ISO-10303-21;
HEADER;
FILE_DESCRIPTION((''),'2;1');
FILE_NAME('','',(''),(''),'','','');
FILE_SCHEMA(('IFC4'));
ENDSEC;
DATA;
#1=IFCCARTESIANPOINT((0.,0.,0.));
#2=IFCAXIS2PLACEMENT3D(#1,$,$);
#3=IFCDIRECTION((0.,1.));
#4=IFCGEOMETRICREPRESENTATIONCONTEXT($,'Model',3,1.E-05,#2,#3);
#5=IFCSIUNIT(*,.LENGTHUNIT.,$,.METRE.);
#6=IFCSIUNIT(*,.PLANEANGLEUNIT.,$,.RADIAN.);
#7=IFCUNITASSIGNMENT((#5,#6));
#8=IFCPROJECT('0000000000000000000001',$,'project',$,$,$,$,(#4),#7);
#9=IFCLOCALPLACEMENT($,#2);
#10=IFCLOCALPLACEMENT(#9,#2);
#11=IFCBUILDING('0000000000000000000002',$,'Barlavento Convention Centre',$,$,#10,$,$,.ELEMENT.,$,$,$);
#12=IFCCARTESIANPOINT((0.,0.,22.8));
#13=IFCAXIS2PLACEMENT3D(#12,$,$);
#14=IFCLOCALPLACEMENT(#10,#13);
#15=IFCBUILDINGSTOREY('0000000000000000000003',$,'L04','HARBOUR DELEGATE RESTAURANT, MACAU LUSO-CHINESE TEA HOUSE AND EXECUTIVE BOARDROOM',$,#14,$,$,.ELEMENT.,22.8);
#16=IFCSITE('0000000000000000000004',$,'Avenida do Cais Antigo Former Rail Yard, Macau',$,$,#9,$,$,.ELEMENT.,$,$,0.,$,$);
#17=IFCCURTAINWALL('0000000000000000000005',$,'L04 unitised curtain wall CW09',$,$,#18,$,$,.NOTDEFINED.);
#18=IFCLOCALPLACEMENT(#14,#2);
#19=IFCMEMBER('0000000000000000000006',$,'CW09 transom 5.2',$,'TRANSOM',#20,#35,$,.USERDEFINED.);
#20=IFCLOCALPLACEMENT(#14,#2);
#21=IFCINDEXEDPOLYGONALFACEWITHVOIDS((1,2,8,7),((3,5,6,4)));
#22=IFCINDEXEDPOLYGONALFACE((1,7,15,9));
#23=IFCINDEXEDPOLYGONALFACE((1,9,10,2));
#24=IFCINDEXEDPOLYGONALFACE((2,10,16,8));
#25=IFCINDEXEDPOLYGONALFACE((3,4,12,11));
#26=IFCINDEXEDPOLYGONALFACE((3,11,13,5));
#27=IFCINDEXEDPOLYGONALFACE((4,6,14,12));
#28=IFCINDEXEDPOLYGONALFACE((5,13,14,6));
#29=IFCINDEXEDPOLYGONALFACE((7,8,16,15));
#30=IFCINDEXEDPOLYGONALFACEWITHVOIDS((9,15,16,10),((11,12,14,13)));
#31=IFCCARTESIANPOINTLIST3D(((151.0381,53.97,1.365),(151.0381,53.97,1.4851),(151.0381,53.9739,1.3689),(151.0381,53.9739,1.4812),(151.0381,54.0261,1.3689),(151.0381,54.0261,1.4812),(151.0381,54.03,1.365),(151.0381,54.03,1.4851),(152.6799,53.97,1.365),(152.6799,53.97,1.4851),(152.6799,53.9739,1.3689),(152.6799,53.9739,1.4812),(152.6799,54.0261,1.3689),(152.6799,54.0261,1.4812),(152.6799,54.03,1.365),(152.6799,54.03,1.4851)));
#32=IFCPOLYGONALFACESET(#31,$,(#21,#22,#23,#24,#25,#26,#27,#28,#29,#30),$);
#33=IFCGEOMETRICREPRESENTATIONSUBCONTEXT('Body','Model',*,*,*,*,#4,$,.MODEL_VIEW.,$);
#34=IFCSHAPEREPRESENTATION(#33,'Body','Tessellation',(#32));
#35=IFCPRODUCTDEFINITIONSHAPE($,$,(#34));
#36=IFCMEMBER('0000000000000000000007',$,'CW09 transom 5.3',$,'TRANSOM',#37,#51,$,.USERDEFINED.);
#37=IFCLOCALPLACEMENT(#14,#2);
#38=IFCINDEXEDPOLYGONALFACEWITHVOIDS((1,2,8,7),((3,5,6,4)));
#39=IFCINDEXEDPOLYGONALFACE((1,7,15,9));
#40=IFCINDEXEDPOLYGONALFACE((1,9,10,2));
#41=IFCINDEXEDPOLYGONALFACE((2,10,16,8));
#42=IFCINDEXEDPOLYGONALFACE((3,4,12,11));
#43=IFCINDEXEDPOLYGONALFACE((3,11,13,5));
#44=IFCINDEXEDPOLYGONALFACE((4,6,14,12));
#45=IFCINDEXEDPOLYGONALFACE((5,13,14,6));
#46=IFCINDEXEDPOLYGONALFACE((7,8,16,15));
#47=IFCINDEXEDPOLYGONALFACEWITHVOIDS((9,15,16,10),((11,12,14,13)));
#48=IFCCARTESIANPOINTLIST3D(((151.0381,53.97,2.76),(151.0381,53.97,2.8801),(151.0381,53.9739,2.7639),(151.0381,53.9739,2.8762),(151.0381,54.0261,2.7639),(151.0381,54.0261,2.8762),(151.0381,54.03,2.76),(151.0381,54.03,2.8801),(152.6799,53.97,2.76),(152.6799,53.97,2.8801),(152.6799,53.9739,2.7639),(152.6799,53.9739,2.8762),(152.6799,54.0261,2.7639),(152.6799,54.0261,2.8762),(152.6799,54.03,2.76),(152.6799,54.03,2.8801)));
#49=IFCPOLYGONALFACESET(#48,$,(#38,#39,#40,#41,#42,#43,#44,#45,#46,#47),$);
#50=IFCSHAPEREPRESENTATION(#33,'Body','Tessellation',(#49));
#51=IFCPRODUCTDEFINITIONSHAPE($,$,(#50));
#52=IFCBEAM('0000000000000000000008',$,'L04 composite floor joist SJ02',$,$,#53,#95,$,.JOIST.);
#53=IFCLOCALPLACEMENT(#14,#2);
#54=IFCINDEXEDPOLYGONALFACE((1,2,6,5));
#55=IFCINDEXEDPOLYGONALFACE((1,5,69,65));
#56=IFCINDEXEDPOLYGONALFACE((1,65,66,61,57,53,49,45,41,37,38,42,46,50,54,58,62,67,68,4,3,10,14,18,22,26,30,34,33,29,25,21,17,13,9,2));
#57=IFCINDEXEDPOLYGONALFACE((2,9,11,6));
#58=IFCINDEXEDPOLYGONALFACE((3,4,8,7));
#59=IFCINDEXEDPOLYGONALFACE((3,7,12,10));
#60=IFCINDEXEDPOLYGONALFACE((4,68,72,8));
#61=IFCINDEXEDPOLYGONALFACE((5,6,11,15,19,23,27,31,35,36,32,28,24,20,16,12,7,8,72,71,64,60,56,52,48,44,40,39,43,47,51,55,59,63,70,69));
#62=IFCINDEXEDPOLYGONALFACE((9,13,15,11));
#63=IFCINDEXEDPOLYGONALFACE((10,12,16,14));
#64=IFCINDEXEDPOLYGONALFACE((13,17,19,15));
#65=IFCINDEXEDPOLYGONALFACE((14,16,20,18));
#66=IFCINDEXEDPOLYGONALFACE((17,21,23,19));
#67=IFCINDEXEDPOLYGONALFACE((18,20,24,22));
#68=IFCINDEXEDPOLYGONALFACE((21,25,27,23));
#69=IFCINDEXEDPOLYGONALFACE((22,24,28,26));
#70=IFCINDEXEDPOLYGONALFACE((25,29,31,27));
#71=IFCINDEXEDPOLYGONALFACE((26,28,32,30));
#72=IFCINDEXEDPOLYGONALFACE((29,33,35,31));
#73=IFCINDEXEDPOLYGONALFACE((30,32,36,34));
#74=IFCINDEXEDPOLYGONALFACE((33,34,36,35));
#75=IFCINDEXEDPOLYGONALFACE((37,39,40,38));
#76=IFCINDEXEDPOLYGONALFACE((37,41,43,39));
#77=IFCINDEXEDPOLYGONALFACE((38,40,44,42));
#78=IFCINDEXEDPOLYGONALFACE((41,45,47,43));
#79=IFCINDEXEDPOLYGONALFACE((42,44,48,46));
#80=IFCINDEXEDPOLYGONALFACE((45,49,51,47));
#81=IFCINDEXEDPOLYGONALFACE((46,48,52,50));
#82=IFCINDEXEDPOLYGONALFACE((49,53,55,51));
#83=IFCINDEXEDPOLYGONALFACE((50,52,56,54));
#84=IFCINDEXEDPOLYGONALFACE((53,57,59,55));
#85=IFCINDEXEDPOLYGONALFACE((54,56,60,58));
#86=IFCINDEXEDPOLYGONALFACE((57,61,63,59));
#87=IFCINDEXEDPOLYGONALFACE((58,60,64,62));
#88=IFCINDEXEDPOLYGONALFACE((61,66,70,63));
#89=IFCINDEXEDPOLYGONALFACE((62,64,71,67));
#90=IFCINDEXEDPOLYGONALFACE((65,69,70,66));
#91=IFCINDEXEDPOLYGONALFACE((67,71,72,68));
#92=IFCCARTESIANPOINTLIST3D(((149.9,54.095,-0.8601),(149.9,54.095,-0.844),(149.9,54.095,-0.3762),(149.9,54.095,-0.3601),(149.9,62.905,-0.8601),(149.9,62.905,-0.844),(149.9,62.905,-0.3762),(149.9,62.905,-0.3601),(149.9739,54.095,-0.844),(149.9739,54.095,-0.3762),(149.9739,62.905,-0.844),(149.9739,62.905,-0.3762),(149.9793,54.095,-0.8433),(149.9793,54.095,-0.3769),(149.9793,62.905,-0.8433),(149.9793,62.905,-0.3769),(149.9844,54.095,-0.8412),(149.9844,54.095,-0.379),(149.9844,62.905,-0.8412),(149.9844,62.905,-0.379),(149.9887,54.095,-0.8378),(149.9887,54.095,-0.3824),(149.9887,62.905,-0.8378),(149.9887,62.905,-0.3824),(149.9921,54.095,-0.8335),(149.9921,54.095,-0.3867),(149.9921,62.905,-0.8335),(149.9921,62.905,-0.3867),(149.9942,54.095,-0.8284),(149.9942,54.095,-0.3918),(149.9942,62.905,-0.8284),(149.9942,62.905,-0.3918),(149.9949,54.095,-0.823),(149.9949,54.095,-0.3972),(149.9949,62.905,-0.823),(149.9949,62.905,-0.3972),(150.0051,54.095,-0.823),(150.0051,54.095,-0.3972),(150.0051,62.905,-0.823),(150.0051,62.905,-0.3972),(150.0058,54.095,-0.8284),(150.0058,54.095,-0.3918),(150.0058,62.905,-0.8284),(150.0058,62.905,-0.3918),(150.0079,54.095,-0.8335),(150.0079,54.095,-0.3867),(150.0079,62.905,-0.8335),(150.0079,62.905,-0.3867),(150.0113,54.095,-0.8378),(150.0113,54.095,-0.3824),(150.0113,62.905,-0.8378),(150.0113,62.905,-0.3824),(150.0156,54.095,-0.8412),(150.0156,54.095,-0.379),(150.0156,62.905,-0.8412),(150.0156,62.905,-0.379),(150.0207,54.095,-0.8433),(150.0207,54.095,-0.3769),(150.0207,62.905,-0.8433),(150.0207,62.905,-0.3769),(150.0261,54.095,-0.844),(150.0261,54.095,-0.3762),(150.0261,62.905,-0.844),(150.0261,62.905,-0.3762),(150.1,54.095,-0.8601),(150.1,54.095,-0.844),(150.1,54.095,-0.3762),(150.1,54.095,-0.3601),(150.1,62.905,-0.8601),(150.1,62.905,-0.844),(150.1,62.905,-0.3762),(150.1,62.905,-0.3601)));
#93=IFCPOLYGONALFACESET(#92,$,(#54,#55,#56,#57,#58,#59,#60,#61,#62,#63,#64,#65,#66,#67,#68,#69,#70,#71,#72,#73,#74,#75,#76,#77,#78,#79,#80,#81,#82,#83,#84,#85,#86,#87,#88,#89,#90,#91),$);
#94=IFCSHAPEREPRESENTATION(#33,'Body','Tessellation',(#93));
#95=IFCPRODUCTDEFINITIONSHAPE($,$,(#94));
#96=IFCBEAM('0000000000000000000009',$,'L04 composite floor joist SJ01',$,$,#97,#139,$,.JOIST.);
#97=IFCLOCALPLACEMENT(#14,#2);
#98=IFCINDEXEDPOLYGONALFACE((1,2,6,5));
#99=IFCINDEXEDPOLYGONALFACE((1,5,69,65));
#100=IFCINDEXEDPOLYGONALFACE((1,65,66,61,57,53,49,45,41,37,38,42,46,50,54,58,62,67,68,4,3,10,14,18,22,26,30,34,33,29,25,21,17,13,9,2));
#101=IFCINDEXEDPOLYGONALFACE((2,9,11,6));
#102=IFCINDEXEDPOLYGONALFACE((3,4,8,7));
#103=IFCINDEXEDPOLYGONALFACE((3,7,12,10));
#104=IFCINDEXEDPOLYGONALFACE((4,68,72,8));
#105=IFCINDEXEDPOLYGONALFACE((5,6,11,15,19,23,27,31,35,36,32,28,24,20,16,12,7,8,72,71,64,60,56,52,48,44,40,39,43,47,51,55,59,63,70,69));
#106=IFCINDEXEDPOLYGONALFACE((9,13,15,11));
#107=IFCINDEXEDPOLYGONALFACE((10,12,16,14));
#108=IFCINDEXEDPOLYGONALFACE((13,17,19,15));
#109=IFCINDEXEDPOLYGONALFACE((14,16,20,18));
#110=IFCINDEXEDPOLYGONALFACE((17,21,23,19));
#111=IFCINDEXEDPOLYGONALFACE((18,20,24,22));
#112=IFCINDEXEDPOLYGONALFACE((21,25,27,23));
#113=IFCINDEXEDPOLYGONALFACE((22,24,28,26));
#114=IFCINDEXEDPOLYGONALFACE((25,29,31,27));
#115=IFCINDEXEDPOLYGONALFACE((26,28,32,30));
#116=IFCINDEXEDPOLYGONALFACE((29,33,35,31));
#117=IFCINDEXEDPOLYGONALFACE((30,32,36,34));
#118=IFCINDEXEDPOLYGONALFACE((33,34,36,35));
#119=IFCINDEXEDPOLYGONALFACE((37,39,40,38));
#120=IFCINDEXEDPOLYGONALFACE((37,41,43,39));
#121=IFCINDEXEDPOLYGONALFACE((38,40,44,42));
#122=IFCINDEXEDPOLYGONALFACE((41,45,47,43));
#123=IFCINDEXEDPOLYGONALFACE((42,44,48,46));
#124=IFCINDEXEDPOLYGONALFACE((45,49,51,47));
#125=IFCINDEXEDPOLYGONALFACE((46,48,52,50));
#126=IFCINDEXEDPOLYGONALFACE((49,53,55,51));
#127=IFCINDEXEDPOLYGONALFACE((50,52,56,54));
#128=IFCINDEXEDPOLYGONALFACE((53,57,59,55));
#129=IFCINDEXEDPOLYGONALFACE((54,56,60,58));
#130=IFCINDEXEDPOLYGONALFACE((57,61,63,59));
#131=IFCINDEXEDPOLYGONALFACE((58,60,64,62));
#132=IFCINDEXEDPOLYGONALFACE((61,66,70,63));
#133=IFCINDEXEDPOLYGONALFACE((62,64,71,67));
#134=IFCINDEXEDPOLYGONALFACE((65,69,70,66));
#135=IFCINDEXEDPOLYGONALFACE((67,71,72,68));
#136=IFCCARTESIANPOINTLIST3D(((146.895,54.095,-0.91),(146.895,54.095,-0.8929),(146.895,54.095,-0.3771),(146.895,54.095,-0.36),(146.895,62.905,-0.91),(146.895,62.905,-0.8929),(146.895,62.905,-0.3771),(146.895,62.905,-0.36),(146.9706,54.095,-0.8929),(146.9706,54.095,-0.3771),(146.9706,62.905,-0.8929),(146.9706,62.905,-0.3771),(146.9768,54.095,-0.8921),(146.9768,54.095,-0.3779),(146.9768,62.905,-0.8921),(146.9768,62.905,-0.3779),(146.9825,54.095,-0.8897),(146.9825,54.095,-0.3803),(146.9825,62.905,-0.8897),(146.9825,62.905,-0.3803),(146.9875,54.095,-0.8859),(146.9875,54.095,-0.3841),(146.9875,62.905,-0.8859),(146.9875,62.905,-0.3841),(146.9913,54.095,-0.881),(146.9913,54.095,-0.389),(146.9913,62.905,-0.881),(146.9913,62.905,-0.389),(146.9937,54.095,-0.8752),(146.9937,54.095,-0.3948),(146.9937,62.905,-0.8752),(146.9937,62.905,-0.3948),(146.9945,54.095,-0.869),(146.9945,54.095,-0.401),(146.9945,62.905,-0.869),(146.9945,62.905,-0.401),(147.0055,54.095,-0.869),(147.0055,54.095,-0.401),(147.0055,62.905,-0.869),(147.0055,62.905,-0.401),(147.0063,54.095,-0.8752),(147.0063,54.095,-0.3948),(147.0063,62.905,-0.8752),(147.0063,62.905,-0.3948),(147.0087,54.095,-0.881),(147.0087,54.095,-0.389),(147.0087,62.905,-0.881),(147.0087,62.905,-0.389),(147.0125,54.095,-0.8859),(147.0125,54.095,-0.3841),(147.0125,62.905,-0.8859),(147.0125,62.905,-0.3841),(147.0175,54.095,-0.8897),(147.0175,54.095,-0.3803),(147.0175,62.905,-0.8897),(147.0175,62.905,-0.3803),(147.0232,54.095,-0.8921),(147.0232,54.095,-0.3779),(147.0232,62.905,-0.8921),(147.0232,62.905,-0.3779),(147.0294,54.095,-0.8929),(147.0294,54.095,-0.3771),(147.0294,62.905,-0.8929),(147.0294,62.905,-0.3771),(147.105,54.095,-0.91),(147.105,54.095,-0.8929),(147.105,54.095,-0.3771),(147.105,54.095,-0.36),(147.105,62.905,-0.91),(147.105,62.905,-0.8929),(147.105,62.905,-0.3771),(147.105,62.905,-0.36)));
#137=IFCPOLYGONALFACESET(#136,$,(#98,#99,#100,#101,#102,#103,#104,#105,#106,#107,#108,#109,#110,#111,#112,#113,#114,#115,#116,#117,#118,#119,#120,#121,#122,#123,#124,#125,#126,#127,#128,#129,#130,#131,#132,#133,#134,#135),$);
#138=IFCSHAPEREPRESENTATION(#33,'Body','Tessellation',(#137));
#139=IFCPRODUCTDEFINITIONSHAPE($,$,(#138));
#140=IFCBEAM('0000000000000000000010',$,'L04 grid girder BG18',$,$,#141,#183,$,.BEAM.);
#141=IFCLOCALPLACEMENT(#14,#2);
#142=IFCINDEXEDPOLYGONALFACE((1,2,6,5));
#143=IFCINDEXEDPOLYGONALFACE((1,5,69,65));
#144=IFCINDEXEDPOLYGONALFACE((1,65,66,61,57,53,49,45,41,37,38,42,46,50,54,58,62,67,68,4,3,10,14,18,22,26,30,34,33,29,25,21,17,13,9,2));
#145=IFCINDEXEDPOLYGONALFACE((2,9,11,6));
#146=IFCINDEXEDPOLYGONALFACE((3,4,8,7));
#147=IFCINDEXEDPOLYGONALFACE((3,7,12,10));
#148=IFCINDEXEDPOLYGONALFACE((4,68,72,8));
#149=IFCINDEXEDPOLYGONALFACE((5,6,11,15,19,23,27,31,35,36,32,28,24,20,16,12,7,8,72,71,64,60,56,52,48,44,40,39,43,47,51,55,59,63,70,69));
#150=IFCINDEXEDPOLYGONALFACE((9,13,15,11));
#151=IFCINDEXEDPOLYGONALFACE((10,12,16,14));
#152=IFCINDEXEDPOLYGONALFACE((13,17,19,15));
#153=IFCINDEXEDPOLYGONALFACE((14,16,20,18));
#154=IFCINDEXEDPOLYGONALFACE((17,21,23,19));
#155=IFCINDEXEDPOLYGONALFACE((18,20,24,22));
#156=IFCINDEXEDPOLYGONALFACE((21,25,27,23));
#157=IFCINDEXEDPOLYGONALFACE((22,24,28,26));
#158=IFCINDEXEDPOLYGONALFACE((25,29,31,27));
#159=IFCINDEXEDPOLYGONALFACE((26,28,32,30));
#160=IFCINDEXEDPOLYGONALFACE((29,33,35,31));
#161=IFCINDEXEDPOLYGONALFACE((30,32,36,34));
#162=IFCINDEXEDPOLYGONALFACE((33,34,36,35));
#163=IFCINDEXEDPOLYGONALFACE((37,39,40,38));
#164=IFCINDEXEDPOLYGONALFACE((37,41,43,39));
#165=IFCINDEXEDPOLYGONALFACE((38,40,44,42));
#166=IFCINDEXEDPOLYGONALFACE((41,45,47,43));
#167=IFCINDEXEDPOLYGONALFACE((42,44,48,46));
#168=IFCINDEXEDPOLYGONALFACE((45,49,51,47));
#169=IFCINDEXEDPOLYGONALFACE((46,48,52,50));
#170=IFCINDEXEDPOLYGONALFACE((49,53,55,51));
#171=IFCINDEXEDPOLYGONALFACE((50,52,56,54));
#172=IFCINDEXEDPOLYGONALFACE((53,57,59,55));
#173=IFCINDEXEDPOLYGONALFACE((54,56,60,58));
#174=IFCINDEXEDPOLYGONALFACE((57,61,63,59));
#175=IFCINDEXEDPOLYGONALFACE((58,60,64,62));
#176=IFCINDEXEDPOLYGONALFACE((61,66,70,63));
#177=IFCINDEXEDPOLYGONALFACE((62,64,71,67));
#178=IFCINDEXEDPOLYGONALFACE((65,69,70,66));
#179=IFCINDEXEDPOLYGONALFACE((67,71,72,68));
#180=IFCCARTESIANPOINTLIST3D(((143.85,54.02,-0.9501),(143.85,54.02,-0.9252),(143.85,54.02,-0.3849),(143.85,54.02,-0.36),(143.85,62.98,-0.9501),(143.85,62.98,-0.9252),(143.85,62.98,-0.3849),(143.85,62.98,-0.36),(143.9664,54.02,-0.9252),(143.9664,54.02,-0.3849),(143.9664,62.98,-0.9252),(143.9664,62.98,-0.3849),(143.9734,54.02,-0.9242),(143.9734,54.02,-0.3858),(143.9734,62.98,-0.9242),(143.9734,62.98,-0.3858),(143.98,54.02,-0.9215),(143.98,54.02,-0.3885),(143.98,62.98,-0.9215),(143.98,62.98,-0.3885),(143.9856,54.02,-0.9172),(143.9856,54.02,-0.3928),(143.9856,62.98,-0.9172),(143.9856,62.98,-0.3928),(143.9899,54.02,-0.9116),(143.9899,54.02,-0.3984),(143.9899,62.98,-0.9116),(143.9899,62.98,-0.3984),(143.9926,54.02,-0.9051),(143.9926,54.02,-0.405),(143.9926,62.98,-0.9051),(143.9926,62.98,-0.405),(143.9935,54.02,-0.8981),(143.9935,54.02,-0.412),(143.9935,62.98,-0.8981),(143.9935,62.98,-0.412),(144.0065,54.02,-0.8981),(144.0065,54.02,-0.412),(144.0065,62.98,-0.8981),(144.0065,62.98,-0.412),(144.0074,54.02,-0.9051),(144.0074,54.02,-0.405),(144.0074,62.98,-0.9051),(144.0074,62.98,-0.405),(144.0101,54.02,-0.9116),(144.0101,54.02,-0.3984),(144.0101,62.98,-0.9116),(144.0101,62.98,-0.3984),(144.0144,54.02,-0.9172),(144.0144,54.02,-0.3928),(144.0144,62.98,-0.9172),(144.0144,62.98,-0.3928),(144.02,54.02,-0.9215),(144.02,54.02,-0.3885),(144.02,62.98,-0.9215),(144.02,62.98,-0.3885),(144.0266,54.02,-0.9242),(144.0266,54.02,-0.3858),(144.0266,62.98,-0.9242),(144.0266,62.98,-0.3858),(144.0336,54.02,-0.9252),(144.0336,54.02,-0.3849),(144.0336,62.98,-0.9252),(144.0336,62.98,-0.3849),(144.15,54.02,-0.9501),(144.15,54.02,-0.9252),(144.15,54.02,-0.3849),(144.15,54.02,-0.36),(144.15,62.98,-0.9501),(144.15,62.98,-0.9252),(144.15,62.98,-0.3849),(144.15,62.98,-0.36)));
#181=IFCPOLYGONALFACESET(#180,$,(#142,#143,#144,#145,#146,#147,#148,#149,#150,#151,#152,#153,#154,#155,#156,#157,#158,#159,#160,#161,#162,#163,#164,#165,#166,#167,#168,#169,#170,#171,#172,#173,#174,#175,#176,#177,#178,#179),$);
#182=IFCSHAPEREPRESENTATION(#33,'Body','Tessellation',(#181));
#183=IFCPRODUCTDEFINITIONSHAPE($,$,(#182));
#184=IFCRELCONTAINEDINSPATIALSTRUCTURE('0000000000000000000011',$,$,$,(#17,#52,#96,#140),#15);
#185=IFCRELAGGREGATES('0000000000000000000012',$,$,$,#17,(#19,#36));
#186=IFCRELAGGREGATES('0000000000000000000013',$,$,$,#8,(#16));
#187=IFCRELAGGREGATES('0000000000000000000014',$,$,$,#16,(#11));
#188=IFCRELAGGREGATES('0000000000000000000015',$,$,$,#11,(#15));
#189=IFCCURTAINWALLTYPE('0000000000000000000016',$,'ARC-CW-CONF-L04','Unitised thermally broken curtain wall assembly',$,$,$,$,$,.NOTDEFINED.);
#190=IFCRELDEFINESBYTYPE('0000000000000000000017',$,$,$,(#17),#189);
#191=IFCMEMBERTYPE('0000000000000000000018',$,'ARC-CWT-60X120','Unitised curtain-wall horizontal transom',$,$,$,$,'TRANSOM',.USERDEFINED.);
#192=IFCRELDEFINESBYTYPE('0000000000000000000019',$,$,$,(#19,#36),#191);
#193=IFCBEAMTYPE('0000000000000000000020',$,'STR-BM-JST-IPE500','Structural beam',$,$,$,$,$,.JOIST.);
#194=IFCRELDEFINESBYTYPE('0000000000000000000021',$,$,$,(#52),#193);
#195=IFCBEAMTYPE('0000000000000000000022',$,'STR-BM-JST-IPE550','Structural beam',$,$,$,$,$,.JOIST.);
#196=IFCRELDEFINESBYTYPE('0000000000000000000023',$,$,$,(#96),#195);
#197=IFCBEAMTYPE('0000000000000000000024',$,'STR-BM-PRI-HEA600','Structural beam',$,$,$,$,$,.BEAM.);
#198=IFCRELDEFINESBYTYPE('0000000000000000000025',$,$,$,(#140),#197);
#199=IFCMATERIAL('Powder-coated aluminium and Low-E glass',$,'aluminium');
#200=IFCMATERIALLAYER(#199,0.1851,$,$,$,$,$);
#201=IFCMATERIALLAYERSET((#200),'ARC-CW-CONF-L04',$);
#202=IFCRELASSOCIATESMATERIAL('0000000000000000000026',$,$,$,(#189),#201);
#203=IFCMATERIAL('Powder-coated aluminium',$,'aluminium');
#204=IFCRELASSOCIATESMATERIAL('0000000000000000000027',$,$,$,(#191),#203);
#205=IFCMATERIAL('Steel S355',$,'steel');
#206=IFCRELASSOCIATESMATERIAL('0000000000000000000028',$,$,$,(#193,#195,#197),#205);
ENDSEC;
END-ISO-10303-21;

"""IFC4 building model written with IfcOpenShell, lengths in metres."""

from ifc_helpers import new_model, si_unit, direction, frame, origin, origin_2d, place, context, subcontext, project, spatial, hollow_rectangle, i_section, extrude, material, layer, layer_set, material_profile, profile_set, type_object, element, aggregate, save


model = new_model("IFC4")

# Units and contexts
model_context = context("Model", 3, precision=1e-05, world=origin(), true_north=direction((0.0, 1.0)))
body_context = subcontext(model_context, "Body", "Model", "MODEL_VIEW")
ifc_project = project(units=[si_unit("LENGTHUNIT", "METRE"), si_unit("PLANEANGLEUNIT", "RADIAN")], contexts=[model_context])

# Site, building, storey
site_placement = place(None, origin())
site = spatial("IfcSite", under=ifc_project, at=site_placement, Name="Avenida do Cais Antigo Former Rail Yard, Macau", CompositionType="ELEMENT", RefElevation=0.0)
building_placement = place(site_placement, origin())
building = spatial("IfcBuilding", under=site, at=building_placement, Name="Barlavento Convention Centre", CompositionType="ELEMENT")
storey_placement = place(building_placement, frame((0.0, 0.0, 22.8)))
storey = spatial("IfcBuildingStorey", under=building, at=storey_placement, Name="L04", Description="HARBOUR DELEGATE RESTAURANT, MACAU LUSO-CHINESE TEA HOUSE AND EXECUTIVE BOARDROOM", CompositionType="ELEMENT", Elevation=22.8)

# Shared definitions
ifc_material_1 = material(Name="Powder-coated aluminium and Low-E glass", Category="aluminium")
ifc_material_2 = material(Name="Powder-coated aluminium", Category="aluminium")

# Curtain wall
ifc_layer_1 = layer(ifc_material_1, 0.1851)
ifc_layer_set_1 = layer_set([ifc_layer_1], Name="ARC-CW-CONF-L04")
curtain_wall_type_1 = type_object("IfcCurtainWallType", Name="ARC-CW-CONF-L04", Description="Unitised thermally broken curtain wall assembly", PredefinedType="NOTDEFINED", material=ifc_layer_set_1)
curtain_wall_1_placement = place(storey_placement, origin())
curtain_wall_1 = element("IfcCurtainWall", 1, at=curtain_wall_1_placement, inside=storey, type_object=curtain_wall_type_1, Name="L04 unitised curtain wall CW09", PredefinedType="NOTDEFINED")

# Members
ifc_material_profile_1 = material_profile(ifc_material_2, hollow_rectangle(XDim=0.0601, YDim=0.1201, WallThickness=0.0039, at=origin_2d()), Name="AL-TRAN 60x120x4")
ifc_profile_set_1 = profile_set([ifc_material_profile_1], Name="Powder-coated aluminium")
member_type_1 = type_object("IfcMemberType", Name="ARC-CWT-60X120", Description="Unitised curtain-wall horizontal transom", ElementType="TRANSOM", PredefinedType="USERDEFINED", material=ifc_profile_set_1)
member_1_placement = place(storey_placement, frame((151.0381, 54.0, 1.425), z_axis=(1.0, 0.0, 0.0), x_axis=(0.0, 1.0, 0.0)))
member_1 = element("IfcMember", 2, at=member_1_placement, type_object=member_type_1, Name="CW09 transom 5.2", ObjectType="TRANSOM", PredefinedType="USERDEFINED", context=body_context, shape_type="SweptSolid", body=[
    extrude(hollow_rectangle(XDim=0.0601, YDim=0.1201, WallThickness=0.0039, at=origin_2d()), origin(), (0.0, 0.0, 1.0), 1.6418),
])
member_2_placement = place(storey_placement, frame((151.0381, 54.0, 2.8201), z_axis=(1.0, 0.0, 0.0), x_axis=(0.0, 1.0, 0.0)))
member_2 = element("IfcMember", 3, at=member_2_placement, type_object=member_type_1, Name="CW09 transom 5.3", ObjectType="TRANSOM", PredefinedType="USERDEFINED", context=body_context, shape_type="SweptSolid", body=[
    extrude(hollow_rectangle(XDim=0.0601, YDim=0.1201, WallThickness=0.0039, at=origin_2d()), origin(), (0.0, 0.0, 1.0), 1.6418),
])
aggregate(curtain_wall_1, [member_1, member_2])

# Beams
ifc_material_3 = material(Name="Steel S355", Category="steel")
ifc_material_profile_2 = material_profile(ifc_material_3, i_section(OverallWidth=0.2, OverallDepth=0.5, WebThickness=0.0103, FlangeThickness=0.0161, FilletRadius=0.021, at=origin_2d()), Name="IPE 500")
ifc_profile_set_2 = profile_set([ifc_material_profile_2], Name="Steel S355")
beam_type_1 = type_object("IfcBeamType", Name="STR-BM-JST-IPE500", Description="Structural beam", PredefinedType="JOIST", material=ifc_profile_set_2)
beam_1_placement = place(storey_placement, frame((150.0, 54.095, -0.6101), z_axis=(0.0, 1.0, 0.0), x_axis=(-1.0, 0.0, 0.0)))
element("IfcBeam", 4, at=beam_1_placement, inside=storey, type_object=beam_type_1, Name="L04 composite floor joist SJ02", PredefinedType="JOIST", context=body_context, shape_type="SweptSolid", body=[
    extrude(i_section(OverallWidth=0.2, OverallDepth=0.5, WebThickness=0.0103, FlangeThickness=0.0161, FilletRadius=0.021, at=origin_2d()), origin(), (0.0, 0.0, 1.0), 8.8101),
])
ifc_material_profile_3 = material_profile(ifc_material_3, i_section(OverallWidth=0.21, OverallDepth=0.55, WebThickness=0.011, FlangeThickness=0.0171, FilletRadius=0.0239, at=origin_2d()), Name="IPE 550")
ifc_profile_set_3 = profile_set([ifc_material_profile_3], Name="Steel S355")
beam_type_2 = type_object("IfcBeamType", Name="STR-BM-JST-IPE550", Description="Structural beam", PredefinedType="JOIST", material=ifc_profile_set_3)
beam_2_placement = place(storey_placement, frame((147.0, 54.095, -0.635), z_axis=(0.0, 1.0, 0.0), x_axis=(-1.0, 0.0, 0.0)))
element("IfcBeam", 5, at=beam_2_placement, inside=storey, type_object=beam_type_2, Name="L04 composite floor joist SJ01", PredefinedType="JOIST", context=body_context, shape_type="SweptSolid", body=[
    extrude(i_section(OverallWidth=0.21, OverallDepth=0.55, WebThickness=0.011, FlangeThickness=0.0171, FilletRadius=0.0239, at=origin_2d()), origin(), (0.0, 0.0, 1.0), 8.8101),
])
ifc_material_profile_4 = material_profile(ifc_material_3, i_section(OverallWidth=0.3, OverallDepth=0.5901, WebThickness=0.0129, FlangeThickness=0.0249, FilletRadius=0.0271, at=origin_2d()), Name="HEA 600")
ifc_profile_set_4 = profile_set([ifc_material_profile_4], Name="Steel S355")
beam_type_3 = type_object("IfcBeamType", Name="STR-BM-PRI-HEA600", Description="Structural beam", PredefinedType="BEAM", material=ifc_profile_set_4)
beam_3_placement = place(storey_placement, frame((144.0, 54.02, -0.655), z_axis=(0.0, 1.0, 0.0), x_axis=(-1.0, 0.0, 0.0)))
element("IfcBeam", 6, at=beam_3_placement, inside=storey, type_object=beam_type_3, Name="L04 grid girder BG18", PredefinedType="BEAM", context=body_context, shape_type="SweptSolid", body=[
    extrude(i_section(OverallWidth=0.3, OverallDepth=0.5901, WebThickness=0.0129, FlangeThickness=0.0249, FilletRadius=0.0271, at=origin_2d()), origin(), (0.0, 0.0, 1.0), 8.96),
])

save(model, "model.ifc")
